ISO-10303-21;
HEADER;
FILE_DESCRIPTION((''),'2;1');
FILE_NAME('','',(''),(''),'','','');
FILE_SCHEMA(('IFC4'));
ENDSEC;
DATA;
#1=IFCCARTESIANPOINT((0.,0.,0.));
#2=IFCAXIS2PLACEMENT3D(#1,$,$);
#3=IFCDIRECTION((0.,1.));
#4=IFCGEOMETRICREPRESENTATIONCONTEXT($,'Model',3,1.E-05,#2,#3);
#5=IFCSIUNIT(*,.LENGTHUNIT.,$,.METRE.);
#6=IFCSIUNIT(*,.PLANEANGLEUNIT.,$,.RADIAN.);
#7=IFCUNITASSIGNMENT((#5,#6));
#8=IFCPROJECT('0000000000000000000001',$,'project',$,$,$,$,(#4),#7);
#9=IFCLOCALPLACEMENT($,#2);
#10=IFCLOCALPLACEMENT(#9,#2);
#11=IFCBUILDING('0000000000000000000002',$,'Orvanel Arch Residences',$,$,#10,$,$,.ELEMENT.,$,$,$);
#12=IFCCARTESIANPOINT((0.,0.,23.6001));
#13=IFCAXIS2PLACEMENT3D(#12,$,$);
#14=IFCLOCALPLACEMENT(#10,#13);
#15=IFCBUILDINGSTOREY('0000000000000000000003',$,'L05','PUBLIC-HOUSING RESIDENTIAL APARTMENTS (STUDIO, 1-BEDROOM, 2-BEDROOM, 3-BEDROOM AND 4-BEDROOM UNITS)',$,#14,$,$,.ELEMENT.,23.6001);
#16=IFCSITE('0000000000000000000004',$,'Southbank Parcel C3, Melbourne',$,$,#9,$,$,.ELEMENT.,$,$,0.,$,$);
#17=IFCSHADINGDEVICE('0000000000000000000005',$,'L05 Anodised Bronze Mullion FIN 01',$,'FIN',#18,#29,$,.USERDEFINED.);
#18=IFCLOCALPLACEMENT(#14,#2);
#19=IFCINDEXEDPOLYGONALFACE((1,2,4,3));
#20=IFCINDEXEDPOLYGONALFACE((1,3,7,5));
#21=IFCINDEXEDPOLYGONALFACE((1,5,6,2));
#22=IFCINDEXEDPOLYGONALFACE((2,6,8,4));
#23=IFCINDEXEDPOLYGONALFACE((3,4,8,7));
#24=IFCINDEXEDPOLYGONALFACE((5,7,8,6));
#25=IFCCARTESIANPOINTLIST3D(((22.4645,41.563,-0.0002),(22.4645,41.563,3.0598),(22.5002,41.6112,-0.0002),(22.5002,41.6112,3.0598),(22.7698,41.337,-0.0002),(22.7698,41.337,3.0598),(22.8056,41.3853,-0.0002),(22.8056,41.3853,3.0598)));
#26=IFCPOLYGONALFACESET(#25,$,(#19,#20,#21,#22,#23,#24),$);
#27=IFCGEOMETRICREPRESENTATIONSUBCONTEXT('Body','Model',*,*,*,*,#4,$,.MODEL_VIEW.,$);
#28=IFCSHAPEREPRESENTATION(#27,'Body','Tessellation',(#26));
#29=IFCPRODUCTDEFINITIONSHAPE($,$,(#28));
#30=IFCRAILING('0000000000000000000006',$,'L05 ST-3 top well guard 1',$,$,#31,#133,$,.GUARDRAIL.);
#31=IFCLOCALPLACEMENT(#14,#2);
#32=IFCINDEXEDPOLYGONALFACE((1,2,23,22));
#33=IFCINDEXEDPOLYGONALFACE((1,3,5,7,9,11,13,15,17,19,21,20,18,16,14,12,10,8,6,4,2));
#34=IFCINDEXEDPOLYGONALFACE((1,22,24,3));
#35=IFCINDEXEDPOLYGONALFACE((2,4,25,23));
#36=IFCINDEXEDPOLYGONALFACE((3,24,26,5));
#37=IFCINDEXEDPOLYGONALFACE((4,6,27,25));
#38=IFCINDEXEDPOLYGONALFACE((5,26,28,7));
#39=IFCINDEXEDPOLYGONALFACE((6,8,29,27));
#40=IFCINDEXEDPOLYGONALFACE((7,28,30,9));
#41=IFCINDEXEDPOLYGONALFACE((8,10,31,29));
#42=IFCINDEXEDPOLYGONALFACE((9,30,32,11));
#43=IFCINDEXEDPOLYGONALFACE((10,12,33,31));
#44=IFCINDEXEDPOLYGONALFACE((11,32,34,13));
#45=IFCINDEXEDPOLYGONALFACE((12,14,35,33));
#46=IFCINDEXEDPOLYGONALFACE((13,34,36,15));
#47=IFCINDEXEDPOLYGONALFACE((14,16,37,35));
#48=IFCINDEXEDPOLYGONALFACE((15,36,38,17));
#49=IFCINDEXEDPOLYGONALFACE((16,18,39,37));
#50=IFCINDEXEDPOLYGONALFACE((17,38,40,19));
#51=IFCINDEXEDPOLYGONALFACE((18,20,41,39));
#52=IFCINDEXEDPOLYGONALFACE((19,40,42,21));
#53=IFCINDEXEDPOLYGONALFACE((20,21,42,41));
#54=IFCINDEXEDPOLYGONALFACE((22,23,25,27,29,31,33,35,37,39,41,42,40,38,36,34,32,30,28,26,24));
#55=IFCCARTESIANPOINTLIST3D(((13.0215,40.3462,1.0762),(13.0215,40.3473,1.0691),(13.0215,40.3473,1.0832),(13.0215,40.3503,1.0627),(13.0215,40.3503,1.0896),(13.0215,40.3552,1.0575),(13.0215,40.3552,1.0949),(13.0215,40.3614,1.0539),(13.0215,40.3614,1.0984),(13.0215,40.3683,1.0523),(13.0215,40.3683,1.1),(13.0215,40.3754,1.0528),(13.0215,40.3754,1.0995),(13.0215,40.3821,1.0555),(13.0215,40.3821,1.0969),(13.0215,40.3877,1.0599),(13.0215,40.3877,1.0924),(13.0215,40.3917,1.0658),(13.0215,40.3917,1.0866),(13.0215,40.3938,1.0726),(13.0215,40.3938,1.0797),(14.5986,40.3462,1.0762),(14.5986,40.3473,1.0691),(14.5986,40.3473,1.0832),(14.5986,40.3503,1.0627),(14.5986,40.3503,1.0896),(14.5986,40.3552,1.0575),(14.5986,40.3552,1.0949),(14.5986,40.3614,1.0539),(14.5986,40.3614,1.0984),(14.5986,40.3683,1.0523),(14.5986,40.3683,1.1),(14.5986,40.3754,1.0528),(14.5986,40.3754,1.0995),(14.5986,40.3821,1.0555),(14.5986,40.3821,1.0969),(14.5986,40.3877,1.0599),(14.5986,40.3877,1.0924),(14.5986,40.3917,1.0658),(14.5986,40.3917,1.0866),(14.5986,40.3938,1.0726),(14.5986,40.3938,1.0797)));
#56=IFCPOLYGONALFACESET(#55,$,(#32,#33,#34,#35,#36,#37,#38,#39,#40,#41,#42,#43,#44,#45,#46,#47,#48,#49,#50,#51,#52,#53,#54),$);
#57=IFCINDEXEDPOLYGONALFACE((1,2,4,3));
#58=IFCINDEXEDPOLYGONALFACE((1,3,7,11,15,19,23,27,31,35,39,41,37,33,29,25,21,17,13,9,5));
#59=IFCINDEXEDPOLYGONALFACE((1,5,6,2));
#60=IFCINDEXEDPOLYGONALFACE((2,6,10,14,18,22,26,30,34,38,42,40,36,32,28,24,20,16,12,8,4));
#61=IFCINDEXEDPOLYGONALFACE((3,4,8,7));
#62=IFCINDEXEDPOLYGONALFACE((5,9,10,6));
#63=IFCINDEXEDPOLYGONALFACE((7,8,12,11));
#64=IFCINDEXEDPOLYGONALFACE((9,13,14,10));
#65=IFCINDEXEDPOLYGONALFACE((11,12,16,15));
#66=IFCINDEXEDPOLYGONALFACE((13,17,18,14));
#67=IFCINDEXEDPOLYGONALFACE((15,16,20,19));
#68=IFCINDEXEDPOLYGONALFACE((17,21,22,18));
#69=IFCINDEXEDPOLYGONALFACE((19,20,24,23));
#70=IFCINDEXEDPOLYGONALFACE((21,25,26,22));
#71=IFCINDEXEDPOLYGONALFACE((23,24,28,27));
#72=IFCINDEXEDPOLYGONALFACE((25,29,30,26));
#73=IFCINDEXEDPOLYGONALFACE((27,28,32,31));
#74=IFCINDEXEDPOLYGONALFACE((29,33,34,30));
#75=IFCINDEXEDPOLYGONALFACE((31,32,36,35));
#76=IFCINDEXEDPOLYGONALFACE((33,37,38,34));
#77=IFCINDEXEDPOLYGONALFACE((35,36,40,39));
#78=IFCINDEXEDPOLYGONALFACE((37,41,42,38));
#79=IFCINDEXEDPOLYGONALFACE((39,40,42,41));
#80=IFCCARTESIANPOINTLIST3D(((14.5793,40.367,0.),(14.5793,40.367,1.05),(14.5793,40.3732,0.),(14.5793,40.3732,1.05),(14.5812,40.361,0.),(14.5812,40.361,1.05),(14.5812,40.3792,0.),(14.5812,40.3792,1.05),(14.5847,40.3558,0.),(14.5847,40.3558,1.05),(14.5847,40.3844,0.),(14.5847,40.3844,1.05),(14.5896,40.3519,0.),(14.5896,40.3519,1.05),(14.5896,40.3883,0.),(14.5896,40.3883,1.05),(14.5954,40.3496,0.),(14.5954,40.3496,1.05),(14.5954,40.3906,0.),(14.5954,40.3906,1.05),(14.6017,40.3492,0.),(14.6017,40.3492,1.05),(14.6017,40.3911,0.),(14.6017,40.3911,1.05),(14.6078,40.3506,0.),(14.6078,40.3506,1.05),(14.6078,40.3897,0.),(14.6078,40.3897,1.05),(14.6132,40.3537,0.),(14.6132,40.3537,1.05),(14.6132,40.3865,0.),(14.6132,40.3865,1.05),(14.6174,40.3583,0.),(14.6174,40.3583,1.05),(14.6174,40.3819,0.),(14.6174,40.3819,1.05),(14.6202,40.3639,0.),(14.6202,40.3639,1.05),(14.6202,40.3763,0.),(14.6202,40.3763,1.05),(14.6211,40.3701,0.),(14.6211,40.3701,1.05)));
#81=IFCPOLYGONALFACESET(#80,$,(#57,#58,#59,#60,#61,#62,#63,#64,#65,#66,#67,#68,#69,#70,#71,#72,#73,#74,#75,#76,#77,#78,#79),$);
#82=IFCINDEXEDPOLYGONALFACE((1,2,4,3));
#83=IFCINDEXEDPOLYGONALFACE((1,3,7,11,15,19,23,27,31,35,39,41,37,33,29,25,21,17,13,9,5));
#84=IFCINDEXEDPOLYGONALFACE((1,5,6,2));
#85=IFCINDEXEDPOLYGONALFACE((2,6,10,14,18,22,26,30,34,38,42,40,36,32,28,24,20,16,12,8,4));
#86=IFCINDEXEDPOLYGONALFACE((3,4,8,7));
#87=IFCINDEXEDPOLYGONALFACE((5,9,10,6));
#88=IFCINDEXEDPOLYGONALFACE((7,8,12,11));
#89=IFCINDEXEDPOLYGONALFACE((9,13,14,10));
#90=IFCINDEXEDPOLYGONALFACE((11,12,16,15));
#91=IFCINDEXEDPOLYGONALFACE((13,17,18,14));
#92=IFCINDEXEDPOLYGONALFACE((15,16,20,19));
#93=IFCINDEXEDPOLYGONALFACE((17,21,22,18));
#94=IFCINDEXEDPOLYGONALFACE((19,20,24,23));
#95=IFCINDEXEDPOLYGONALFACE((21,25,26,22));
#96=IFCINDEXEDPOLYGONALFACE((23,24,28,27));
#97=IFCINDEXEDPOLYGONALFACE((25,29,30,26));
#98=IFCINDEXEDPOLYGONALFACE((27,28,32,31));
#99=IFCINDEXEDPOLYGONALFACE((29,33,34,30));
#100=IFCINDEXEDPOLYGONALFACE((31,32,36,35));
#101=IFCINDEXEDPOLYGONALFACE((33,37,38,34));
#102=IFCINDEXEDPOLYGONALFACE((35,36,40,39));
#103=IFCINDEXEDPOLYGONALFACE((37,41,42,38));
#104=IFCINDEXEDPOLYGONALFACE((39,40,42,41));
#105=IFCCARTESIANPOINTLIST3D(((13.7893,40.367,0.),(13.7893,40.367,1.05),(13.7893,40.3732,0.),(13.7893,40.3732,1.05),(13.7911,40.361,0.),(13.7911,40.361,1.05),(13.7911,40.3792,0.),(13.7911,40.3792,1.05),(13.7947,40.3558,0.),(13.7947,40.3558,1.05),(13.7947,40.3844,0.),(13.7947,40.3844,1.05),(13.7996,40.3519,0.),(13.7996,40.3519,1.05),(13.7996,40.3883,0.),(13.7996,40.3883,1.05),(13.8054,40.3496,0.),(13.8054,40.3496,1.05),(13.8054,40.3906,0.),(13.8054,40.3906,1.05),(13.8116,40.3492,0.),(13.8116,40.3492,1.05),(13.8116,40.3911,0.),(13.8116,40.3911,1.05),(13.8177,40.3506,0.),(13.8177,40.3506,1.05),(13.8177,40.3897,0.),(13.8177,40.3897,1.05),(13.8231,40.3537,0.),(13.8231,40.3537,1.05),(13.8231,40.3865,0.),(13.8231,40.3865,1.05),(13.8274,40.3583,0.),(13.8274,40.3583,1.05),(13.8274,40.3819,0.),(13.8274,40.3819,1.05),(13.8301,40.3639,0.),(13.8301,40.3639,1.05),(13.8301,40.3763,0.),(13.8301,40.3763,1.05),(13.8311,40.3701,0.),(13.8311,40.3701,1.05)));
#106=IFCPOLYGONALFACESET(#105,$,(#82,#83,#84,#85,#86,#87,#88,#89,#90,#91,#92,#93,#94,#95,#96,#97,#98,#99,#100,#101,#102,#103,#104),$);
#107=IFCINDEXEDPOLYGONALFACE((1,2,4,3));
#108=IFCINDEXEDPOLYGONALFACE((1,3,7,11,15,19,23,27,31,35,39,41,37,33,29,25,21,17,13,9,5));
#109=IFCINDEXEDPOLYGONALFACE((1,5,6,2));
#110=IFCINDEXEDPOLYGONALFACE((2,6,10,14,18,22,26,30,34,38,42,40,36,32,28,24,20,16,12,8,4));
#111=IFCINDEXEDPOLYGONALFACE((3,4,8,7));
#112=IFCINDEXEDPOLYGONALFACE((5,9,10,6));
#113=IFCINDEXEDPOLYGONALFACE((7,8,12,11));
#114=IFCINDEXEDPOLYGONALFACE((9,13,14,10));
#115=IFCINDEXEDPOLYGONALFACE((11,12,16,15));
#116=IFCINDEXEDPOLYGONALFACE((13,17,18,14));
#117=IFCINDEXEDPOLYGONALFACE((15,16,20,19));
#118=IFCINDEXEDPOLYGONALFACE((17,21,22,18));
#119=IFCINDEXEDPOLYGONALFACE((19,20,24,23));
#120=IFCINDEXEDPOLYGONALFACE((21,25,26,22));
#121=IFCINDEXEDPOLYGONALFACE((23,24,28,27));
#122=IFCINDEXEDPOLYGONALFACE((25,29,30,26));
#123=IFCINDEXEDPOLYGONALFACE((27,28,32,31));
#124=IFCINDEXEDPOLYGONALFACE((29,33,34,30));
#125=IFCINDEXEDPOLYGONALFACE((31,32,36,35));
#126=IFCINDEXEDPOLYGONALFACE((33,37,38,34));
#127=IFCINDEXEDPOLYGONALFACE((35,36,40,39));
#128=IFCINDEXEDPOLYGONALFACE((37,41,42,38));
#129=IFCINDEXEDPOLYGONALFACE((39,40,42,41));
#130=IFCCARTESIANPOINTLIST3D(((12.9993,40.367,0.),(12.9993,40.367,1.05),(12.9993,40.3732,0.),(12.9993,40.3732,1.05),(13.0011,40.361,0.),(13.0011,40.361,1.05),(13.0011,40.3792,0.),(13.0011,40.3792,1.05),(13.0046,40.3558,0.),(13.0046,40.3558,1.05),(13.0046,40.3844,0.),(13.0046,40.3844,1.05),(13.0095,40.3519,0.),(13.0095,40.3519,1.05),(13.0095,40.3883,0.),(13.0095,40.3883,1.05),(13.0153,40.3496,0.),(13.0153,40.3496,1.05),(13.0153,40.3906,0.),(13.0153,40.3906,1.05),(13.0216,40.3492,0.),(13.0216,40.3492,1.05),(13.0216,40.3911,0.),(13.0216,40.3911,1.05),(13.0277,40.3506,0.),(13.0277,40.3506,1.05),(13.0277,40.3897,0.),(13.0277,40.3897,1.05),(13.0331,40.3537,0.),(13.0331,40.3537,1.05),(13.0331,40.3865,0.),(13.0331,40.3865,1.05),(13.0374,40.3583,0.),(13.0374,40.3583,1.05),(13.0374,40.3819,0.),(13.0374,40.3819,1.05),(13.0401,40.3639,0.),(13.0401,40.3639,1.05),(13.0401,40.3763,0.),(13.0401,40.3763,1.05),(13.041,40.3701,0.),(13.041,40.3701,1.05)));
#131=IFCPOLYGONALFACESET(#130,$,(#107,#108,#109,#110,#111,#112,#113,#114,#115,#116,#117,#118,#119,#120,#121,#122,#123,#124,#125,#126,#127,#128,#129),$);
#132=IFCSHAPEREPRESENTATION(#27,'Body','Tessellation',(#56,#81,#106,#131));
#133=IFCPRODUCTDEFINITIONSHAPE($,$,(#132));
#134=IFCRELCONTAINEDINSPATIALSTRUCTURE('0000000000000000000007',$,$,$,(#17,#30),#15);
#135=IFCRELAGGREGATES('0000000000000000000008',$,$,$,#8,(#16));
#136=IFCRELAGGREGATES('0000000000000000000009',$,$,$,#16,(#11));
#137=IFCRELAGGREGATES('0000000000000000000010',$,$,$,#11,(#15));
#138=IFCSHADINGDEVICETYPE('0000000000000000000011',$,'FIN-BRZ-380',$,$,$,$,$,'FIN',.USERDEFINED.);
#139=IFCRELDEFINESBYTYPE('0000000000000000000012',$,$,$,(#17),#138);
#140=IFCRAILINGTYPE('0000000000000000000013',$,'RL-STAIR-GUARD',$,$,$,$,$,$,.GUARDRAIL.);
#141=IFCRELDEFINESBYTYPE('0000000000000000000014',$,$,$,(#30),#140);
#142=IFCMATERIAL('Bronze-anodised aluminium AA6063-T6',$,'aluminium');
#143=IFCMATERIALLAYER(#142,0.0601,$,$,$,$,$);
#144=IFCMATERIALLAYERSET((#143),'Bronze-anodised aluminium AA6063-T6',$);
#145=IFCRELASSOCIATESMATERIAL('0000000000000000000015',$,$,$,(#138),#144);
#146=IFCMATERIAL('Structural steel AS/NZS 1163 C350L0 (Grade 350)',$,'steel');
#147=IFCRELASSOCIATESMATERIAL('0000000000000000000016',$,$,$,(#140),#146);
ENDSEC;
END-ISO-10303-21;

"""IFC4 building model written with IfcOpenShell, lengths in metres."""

from ifc_helpers import new_model, si_unit, direction, frame, origin, origin_2d, place, context, subcontext, project, spatial, rectangle, circle, extrude, material, layer, layer_set, type_object, element, save


model = new_model("IFC4")

# Units and contexts
model_context = context("Model", 3, precision=1e-05, world=origin(), true_north=direction((0.0, 1.0)))
body_context = subcontext(model_context, "Body", "Model", "MODEL_VIEW")
ifc_project = project(units=[si_unit("LENGTHUNIT", "METRE"), si_unit("PLANEANGLEUNIT", "RADIAN")], contexts=[model_context])

# Site, building, storey
site_placement = place(None, origin())
site = spatial("IfcSite", under=ifc_project, at=site_placement, Name="Southbank Parcel C3, Melbourne", CompositionType="ELEMENT", RefElevation=0.0)
building_placement = place(site_placement, origin())
building = spatial("IfcBuilding", under=site, at=building_placement, Name="Orvanel Arch Residences", CompositionType="ELEMENT")
storey_placement = place(building_placement, frame((0.0, 0.0, 23.6001)))
storey = spatial("IfcBuildingStorey", under=building, at=storey_placement, Name="L05", Description="PUBLIC-HOUSING RESIDENTIAL APARTMENTS (STUDIO, 1-BEDROOM, 2-BEDROOM, 3-BEDROOM AND 4-BEDROOM UNITS)", CompositionType="ELEMENT", Elevation=23.6001)

# Shared definitions
ifc_material_1 = material(Name="Bronze-anodised aluminium AA6063-T6", Category="aluminium")

# Shading device
ifc_layer_1 = layer(ifc_material_1, 0.0601)
ifc_layer_set_1 = layer_set([ifc_layer_1], Name="Bronze-anodised aluminium AA6063-T6")
shading_device_type = type_object("IfcShadingDeviceType", Name="FIN-BRZ-380", ElementType="FIN", PredefinedType="USERDEFINED", material=ifc_layer_set_1)
shading_device_placement = place(storey_placement, frame((22.635, 41.4741, -0.0002), z_axis=(0.0, 0.0, 1.0), x_axis=(-0.803857, 0.594823, 0.0)))
element("IfcShadingDevice", 1, at=shading_device_placement, inside=storey, type_object=shading_device_type, Name="L05 Anodised Bronze Mullion FIN 01", ObjectType="FIN", PredefinedType="USERDEFINED", context=body_context, shape_type="SweptSolid", body=[
    extrude(rectangle(XDim=0.3799, YDim=0.0601, at=origin_2d()), origin(), (0.0, 0.0, 1.0), 3.0601),
])

# Railing
ifc_material_2 = material(Name="Structural steel AS/NZS 1163 C350L0 (Grade 350)", Category="steel")
railing_type = type_object("IfcRailingType", Name="RL-STAIR-GUARD", PredefinedType="GUARDRAIL", material=ifc_material_2)
railing_placement = place(storey_placement, frame((14.6001, 40.3701, 0.0)))
element("IfcRailing", 2, at=railing_placement, inside=storey, type_object=railing_type, Name="L05 ST-3 top well guard 1", PredefinedType="GUARDRAIL", context=body_context, shape_type="SweptSolid", body=[
    extrude(circle(Radius=0.0239, at=origin_2d()), frame((-0.0015, 0.0, 1.0762), z_axis=(-1.0, 0.0, 0.0), x_axis=(0.0, -1.0, 0.0)), (0.0, 0.0, 1.0), 1.5771),
    extrude(circle(Radius=0.021, at=origin_2d()), origin(), (0.0, 0.0, 1.0), 1.05),
    extrude(circle(Radius=0.021, at=origin_2d()), frame((-0.79, 0.0, 0.0)), (0.0, 0.0, 1.0), 1.05),
    extrude(circle(Radius=0.021, at=origin_2d()), frame((-1.5801, 0.0, 0.0)), (0.0, 0.0, 1.0), 1.05),
])

save(model, "model.ifc")
